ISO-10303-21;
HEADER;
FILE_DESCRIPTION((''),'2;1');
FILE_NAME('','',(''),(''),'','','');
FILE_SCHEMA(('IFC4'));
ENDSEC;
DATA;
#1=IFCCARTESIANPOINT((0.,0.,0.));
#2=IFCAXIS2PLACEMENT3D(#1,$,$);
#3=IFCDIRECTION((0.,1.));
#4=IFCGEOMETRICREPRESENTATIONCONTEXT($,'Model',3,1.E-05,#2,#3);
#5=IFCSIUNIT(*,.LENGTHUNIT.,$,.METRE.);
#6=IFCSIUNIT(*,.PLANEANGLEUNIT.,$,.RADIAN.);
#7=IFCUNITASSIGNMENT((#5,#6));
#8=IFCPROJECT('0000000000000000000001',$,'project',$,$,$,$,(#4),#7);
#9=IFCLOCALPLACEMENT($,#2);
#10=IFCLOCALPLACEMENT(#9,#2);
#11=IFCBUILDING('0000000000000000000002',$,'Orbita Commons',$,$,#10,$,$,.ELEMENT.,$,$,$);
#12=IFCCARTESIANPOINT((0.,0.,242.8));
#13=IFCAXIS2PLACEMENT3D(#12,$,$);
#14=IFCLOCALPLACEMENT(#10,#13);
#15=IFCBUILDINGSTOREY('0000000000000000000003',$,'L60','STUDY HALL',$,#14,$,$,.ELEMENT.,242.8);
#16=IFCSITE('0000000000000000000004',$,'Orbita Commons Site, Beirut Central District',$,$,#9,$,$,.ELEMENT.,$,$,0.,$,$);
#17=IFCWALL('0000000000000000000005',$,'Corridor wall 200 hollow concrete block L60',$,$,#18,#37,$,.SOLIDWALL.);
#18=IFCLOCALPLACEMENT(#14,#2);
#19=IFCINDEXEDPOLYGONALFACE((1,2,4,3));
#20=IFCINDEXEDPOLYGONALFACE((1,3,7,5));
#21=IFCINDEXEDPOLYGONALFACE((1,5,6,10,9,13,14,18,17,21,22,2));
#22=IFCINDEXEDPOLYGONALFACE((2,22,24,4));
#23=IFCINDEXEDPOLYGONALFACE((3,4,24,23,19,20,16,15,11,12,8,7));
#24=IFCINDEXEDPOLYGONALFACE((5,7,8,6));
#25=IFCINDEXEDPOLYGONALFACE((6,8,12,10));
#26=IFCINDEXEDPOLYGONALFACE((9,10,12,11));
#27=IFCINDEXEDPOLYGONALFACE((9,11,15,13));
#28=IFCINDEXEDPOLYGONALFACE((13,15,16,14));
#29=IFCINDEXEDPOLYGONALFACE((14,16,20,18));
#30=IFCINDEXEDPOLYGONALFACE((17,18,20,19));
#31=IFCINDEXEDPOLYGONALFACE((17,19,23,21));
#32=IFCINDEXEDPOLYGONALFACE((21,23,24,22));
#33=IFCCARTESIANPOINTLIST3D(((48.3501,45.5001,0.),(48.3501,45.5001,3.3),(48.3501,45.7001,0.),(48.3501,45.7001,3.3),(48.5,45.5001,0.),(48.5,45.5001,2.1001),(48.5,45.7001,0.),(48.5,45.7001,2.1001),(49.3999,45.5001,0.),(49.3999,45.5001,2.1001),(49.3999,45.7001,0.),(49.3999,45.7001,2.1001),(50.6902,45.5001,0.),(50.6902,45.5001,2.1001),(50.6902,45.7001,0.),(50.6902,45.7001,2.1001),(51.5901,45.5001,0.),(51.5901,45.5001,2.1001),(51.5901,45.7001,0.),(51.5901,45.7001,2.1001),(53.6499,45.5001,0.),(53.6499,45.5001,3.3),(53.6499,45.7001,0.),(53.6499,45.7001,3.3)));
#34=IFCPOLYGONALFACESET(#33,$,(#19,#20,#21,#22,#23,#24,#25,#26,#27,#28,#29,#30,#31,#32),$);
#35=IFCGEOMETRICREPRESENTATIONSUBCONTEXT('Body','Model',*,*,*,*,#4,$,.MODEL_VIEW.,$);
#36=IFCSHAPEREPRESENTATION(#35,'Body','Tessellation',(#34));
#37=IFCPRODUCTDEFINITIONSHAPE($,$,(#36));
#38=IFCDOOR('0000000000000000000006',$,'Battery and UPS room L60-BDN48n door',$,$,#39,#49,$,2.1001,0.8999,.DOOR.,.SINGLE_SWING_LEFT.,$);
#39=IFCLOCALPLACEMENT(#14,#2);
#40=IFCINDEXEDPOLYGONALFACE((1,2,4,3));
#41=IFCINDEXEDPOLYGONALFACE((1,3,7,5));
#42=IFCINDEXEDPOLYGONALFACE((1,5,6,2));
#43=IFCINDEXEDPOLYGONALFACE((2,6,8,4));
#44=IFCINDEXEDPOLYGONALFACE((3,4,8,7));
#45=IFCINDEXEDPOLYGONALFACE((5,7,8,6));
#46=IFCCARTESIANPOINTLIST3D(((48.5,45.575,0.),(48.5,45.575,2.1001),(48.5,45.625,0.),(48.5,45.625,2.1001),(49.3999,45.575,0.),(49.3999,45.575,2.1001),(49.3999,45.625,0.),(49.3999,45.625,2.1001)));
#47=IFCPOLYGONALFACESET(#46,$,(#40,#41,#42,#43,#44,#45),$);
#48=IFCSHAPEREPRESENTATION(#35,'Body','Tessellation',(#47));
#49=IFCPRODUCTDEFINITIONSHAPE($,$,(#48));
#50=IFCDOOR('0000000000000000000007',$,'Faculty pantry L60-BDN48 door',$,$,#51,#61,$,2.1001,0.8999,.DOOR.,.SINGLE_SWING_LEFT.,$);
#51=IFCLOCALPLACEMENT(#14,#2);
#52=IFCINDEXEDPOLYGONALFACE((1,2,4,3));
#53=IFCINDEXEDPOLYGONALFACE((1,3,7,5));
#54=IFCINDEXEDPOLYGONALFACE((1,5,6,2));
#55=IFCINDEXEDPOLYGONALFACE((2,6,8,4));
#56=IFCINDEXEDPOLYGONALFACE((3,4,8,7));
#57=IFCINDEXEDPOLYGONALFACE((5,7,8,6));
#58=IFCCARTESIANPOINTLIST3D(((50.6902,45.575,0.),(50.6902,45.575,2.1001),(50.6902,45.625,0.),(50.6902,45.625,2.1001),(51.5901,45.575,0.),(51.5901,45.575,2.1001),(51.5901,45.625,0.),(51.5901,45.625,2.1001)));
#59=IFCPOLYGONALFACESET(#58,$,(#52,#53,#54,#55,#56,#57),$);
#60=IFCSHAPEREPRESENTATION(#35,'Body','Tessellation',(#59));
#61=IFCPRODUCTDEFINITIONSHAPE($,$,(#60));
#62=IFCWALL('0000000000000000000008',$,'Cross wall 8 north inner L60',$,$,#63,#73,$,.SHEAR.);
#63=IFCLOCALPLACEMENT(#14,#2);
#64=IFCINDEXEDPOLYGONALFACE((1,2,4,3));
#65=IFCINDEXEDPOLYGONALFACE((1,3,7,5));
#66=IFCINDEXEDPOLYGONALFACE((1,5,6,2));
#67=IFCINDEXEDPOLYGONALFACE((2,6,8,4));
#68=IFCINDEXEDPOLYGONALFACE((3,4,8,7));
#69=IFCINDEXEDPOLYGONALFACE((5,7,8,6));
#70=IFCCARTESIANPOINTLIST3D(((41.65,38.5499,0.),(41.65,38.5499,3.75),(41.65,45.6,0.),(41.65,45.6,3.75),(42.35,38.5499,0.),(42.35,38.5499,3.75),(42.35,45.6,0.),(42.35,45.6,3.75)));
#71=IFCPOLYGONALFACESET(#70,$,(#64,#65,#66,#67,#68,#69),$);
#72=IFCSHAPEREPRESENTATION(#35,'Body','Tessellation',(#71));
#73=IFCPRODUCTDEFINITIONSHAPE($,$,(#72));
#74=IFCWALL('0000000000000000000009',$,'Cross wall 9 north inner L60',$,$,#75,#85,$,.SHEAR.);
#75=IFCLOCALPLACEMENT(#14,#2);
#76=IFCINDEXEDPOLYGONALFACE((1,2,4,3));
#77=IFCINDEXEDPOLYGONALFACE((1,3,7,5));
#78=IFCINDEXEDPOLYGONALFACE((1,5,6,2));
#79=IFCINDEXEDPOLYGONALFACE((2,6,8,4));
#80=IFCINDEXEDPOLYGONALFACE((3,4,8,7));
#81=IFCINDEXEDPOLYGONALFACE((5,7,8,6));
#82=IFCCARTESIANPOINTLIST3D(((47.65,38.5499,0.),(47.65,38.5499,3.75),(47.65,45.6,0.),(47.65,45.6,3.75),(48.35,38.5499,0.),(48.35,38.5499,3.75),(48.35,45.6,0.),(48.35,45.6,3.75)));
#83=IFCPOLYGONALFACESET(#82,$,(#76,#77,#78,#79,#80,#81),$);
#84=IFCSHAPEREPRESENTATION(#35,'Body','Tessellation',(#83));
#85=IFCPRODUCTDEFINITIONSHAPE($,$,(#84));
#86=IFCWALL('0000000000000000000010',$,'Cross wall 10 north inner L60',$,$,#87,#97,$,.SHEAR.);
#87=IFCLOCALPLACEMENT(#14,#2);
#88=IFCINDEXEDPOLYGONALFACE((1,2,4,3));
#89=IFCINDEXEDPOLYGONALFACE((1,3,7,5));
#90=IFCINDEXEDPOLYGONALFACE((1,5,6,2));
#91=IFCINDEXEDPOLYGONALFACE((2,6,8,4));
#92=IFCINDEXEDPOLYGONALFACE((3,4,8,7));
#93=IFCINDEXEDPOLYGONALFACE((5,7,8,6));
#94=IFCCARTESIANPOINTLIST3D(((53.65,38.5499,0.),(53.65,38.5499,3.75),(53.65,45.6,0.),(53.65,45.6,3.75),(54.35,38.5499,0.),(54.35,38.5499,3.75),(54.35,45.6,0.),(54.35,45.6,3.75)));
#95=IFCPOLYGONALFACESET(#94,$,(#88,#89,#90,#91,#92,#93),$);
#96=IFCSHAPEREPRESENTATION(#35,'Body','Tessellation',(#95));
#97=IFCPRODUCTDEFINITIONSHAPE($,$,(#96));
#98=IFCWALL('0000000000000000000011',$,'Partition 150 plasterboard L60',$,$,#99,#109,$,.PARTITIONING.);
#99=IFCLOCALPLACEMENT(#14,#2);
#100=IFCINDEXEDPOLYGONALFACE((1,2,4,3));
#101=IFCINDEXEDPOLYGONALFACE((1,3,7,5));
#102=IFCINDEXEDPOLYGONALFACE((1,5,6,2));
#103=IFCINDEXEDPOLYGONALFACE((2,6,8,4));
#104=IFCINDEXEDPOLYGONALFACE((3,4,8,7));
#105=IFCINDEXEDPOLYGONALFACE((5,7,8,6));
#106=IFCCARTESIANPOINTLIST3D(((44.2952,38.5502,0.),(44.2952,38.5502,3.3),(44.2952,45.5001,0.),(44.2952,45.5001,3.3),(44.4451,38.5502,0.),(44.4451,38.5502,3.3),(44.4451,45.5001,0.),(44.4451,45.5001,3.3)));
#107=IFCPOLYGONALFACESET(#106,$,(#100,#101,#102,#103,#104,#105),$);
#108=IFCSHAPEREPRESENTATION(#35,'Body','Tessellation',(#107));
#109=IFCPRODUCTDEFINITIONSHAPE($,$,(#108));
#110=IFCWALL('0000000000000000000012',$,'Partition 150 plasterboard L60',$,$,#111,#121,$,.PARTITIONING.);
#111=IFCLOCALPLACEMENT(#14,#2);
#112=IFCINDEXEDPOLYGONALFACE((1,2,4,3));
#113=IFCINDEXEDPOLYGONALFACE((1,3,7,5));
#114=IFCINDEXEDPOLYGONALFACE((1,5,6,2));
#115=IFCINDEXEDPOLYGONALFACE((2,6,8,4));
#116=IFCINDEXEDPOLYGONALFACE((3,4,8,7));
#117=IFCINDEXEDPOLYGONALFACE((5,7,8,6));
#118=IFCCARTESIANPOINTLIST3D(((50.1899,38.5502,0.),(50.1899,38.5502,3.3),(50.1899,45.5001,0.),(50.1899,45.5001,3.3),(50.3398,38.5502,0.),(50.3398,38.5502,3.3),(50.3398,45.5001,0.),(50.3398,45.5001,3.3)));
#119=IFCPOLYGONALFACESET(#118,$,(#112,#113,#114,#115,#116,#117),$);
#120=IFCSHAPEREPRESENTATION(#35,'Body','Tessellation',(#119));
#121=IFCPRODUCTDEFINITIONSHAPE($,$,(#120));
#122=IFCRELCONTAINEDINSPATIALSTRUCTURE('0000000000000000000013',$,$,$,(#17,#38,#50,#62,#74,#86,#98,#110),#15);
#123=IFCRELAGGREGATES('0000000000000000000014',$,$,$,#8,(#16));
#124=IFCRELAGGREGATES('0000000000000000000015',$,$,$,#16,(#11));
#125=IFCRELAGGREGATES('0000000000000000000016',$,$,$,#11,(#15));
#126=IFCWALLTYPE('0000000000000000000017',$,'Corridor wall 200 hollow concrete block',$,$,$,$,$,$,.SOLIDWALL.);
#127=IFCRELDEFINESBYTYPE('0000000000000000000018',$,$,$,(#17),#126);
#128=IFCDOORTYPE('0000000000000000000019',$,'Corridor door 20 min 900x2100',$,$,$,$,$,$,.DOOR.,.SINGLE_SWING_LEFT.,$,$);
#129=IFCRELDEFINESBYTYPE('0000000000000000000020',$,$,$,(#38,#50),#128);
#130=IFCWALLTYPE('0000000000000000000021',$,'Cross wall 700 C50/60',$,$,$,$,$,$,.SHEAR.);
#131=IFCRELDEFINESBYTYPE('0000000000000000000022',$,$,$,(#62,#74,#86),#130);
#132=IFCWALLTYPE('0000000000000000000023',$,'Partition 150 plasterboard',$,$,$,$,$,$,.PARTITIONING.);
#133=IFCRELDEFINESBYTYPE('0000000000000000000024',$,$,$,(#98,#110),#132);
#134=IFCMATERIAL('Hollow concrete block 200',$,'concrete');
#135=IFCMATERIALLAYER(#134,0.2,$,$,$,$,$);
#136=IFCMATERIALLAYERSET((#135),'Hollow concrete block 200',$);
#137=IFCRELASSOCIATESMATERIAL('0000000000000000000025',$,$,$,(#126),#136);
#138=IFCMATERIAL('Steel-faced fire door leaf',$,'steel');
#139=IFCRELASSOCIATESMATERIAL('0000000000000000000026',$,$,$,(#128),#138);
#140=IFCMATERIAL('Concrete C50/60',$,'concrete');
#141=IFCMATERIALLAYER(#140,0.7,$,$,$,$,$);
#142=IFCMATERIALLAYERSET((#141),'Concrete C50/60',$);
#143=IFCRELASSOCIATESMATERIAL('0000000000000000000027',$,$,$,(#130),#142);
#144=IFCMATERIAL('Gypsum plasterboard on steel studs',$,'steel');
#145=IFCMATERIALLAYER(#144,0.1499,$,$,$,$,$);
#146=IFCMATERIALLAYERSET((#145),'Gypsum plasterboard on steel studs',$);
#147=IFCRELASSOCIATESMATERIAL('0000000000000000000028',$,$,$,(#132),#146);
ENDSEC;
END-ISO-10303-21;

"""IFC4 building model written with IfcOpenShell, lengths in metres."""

from ifc_helpers import new_model, si_unit, direction, frame, frame_2d, origin, place, context, subcontext, project, spatial, rectangle, extrude, material, layer, layer_set, type_object, element, fill, save


model = new_model("IFC4")

# Units and contexts
model_context = context("Model", 3, precision=1e-05, world=origin(), true_north=direction((0.0, 1.0)))
body_context = subcontext(model_context, "Body", "Model", "MODEL_VIEW")
ifc_project = project(units=[si_unit("LENGTHUNIT", "METRE"), si_unit("PLANEANGLEUNIT", "RADIAN")], contexts=[model_context])

# Site, building, storey
site_placement = place(None, origin())
site = spatial("IfcSite", under=ifc_project, at=site_placement, Name="Orbita Commons Site, Beirut Central District", CompositionType="ELEMENT", RefElevation=0.0)
building_placement = place(site_placement, origin())
building = spatial("IfcBuilding", under=site, at=building_placement, Name="Orbita Commons", CompositionType="ELEMENT")
storey_placement = place(building_placement, frame((0.0, 0.0, 242.8)))
storey = spatial("IfcBuildingStorey", under=building, at=storey_placement, Name="L60", Description="STUDY HALL", CompositionType="ELEMENT", Elevation=242.8)

# Wall, openings, doors
ifc_material_1 = material(Name="Hollow concrete block 200", Category="concrete")
ifc_layer_1 = layer(ifc_material_1, 0.2)
ifc_layer_set_1 = layer_set([ifc_layer_1], Name="Hollow concrete block 200")
wall_type_1 = type_object("IfcWallType", Name="Corridor wall 200 hollow concrete block", PredefinedType="SOLIDWALL", material=ifc_layer_set_1)
ifc_material_2 = material(Name="Steel-faced fire door leaf", Category="steel")
door_type_1 = type_object("IfcDoorType", Name="Corridor door 20 min 900x2100", OperationType="SINGLE_SWING_LEFT", PredefinedType="DOOR", material=ifc_material_2)
wall_1_placement = place(storey_placement, frame((48.3501, 45.6001, 0.0), z_axis=(0.0, 0.0, 1.0), x_axis=(1.0, 0.0, 0.0)))
wall_1 = element("IfcWall", 1, at=wall_1_placement, inside=storey, type_object=wall_type_1, Name="Corridor wall 200 hollow concrete block L60", PredefinedType="SOLIDWALL", context=body_context, shape_type="SweptSolid", body=[
    extrude(rectangle(XDim=5.2998, YDim=0.2, at=frame_2d((2.6499, 0.0))), origin(), (0.0, 0.0, 1.0), 3.3),
])
opening_1_placement = place(wall_1_placement, frame((0.1499, 0.0, 0.0)))
opening_1 = element("IfcOpeningElement", 2, at=opening_1_placement, cuts=wall_1, PredefinedType="OPENING", context=body_context, shape_type="SweptSolid", body=[
    extrude(rectangle(XDim=0.8999, YDim=2.1001, at=frame_2d((0.45, 1.05))), frame((0.0, 0.1099, 0.0), z_axis=(0.0, -1.0, 0.0), x_axis=(1.0, 0.0, 0.0)), (0.0, 0.0, 1.0), 0.22),
])
opening_2_placement = place(wall_1_placement, frame((2.3401, 0.0, 0.0)))
opening_2 = element("IfcOpeningElement", 3, at=opening_2_placement, cuts=wall_1, PredefinedType="OPENING", context=body_context, shape_type="SweptSolid", body=[
    extrude(rectangle(XDim=0.8999, YDim=2.1001, at=frame_2d((0.45, 1.05))), frame((0.0, 0.1099, 0.0), z_axis=(0.0, -1.0, 0.0), x_axis=(1.0, 0.0, 0.0)), (0.0, 0.0, 1.0), 0.22),
])
door_1_placement = place(opening_1_placement, origin())
door_1 = element("IfcDoor", 4, at=door_1_placement, inside=storey, type_object=door_type_1, Name="Battery and UPS room L60-BDN48n door", OperationType="SINGLE_SWING_LEFT", OverallHeight=2.1001, OverallWidth=0.8999, PredefinedType="DOOR", context=body_context, shape_type="SweptSolid", body=[
    extrude(rectangle(XDim=0.8999, YDim=2.1001, at=frame_2d((0.45, 1.05))), frame((0.0, 0.0249, 0.0), z_axis=(0.0, -1.0, 0.0), x_axis=(1.0, 0.0, 0.0)), (0.0, 0.0, 1.0), 0.05),
])
fill(opening_1, door_1)
door_2_placement = place(opening_2_placement, origin())
door_2 = element("IfcDoor", 5, at=door_2_placement, inside=storey, type_object=door_type_1, Name="Faculty pantry L60-BDN48 door", OperationType="SINGLE_SWING_LEFT", OverallHeight=2.1001, OverallWidth=0.8999, PredefinedType="DOOR", context=body_context, shape_type="SweptSolid", body=[
    extrude(rectangle(XDim=0.8999, YDim=2.1001, at=frame_2d((0.45, 1.05))), frame((0.0, 0.0249, 0.0), z_axis=(0.0, -1.0, 0.0), x_axis=(1.0, 0.0, 0.0)), (0.0, 0.0, 1.0), 0.05),
])
fill(opening_2, door_2)

# Walls
ifc_material_3 = material(Name="Concrete C50/60", Category="concrete")
ifc_layer_2 = layer(ifc_material_3, 0.7)
ifc_layer_set_2 = layer_set([ifc_layer_2], Name="Concrete C50/60")
wall_type_2 = type_object("IfcWallType", Name="Cross wall 700 C50/60", PredefinedType="SHEAR", material=ifc_layer_set_2)
for number, where, z_axis, x_axis, name in (
    (6, (42.0, 38.55, 0.0), (0.0, 0.0, 1.0), (0.0, 1.0, 0.0), "Cross wall 8 north inner L60"),
    (7, (48.0, 38.55, 0.0), (0.0, 0.0, 1.0), (0.0, 1.0, 0.0), "Cross wall 9 north inner L60"),
    (8, (54.0, 38.55, 0.0), (0.0, 0.0, 1.0), (0.0, 1.0, 0.0), "Cross wall 10 north inner L60"),
):
    element("IfcWall", number, at=place(storey_placement, frame(where, z_axis=z_axis, x_axis=x_axis)), inside=storey, type_object=wall_type_2, Name=name, PredefinedType="SHEAR", context=body_context, shape_type="SweptSolid", body=[
        extrude(rectangle(XDim=7.05, YDim=0.7, at=frame_2d((3.5249, 0.0))), origin(), (0.0, 0.0, 1.0), 3.75),
    ])
ifc_material_4 = material(Name="Gypsum plasterboard on steel studs", Category="steel")
ifc_layer_3 = layer(ifc_material_4, 0.1499)
ifc_layer_set_3 = layer_set([ifc_layer_3], Name="Gypsum plasterboard on steel studs")
wall_type_3 = type_object("IfcWallType", Name="Partition 150 plasterboard", PredefinedType="PARTITIONING", material=ifc_layer_set_3)
for number, where, z_axis, x_axis, name in (
    (9, (44.3701, 38.55, 0.0), (0.0, 0.0, 1.0), (0.0, 1.0, 0.0), "Partition 150 plasterboard L60"),
    (10, (50.2649, 38.55, 0.0), (0.0, 0.0, 1.0), (0.0, 1.0, 0.0), "Partition 150 plasterboard L60"),
):
    element("IfcWall", number, at=place(storey_placement, frame(where, z_axis=z_axis, x_axis=x_axis)), inside=storey, type_object=wall_type_3, Name=name, PredefinedType="PARTITIONING", context=body_context, shape_type="SweptSolid", body=[
        extrude(rectangle(XDim=6.95, YDim=0.1499, at=frame_2d((3.4751, 0.0))), origin(), (0.0, 0.0, 1.0), 3.3),
    ])

save(model, "model.ifc")
